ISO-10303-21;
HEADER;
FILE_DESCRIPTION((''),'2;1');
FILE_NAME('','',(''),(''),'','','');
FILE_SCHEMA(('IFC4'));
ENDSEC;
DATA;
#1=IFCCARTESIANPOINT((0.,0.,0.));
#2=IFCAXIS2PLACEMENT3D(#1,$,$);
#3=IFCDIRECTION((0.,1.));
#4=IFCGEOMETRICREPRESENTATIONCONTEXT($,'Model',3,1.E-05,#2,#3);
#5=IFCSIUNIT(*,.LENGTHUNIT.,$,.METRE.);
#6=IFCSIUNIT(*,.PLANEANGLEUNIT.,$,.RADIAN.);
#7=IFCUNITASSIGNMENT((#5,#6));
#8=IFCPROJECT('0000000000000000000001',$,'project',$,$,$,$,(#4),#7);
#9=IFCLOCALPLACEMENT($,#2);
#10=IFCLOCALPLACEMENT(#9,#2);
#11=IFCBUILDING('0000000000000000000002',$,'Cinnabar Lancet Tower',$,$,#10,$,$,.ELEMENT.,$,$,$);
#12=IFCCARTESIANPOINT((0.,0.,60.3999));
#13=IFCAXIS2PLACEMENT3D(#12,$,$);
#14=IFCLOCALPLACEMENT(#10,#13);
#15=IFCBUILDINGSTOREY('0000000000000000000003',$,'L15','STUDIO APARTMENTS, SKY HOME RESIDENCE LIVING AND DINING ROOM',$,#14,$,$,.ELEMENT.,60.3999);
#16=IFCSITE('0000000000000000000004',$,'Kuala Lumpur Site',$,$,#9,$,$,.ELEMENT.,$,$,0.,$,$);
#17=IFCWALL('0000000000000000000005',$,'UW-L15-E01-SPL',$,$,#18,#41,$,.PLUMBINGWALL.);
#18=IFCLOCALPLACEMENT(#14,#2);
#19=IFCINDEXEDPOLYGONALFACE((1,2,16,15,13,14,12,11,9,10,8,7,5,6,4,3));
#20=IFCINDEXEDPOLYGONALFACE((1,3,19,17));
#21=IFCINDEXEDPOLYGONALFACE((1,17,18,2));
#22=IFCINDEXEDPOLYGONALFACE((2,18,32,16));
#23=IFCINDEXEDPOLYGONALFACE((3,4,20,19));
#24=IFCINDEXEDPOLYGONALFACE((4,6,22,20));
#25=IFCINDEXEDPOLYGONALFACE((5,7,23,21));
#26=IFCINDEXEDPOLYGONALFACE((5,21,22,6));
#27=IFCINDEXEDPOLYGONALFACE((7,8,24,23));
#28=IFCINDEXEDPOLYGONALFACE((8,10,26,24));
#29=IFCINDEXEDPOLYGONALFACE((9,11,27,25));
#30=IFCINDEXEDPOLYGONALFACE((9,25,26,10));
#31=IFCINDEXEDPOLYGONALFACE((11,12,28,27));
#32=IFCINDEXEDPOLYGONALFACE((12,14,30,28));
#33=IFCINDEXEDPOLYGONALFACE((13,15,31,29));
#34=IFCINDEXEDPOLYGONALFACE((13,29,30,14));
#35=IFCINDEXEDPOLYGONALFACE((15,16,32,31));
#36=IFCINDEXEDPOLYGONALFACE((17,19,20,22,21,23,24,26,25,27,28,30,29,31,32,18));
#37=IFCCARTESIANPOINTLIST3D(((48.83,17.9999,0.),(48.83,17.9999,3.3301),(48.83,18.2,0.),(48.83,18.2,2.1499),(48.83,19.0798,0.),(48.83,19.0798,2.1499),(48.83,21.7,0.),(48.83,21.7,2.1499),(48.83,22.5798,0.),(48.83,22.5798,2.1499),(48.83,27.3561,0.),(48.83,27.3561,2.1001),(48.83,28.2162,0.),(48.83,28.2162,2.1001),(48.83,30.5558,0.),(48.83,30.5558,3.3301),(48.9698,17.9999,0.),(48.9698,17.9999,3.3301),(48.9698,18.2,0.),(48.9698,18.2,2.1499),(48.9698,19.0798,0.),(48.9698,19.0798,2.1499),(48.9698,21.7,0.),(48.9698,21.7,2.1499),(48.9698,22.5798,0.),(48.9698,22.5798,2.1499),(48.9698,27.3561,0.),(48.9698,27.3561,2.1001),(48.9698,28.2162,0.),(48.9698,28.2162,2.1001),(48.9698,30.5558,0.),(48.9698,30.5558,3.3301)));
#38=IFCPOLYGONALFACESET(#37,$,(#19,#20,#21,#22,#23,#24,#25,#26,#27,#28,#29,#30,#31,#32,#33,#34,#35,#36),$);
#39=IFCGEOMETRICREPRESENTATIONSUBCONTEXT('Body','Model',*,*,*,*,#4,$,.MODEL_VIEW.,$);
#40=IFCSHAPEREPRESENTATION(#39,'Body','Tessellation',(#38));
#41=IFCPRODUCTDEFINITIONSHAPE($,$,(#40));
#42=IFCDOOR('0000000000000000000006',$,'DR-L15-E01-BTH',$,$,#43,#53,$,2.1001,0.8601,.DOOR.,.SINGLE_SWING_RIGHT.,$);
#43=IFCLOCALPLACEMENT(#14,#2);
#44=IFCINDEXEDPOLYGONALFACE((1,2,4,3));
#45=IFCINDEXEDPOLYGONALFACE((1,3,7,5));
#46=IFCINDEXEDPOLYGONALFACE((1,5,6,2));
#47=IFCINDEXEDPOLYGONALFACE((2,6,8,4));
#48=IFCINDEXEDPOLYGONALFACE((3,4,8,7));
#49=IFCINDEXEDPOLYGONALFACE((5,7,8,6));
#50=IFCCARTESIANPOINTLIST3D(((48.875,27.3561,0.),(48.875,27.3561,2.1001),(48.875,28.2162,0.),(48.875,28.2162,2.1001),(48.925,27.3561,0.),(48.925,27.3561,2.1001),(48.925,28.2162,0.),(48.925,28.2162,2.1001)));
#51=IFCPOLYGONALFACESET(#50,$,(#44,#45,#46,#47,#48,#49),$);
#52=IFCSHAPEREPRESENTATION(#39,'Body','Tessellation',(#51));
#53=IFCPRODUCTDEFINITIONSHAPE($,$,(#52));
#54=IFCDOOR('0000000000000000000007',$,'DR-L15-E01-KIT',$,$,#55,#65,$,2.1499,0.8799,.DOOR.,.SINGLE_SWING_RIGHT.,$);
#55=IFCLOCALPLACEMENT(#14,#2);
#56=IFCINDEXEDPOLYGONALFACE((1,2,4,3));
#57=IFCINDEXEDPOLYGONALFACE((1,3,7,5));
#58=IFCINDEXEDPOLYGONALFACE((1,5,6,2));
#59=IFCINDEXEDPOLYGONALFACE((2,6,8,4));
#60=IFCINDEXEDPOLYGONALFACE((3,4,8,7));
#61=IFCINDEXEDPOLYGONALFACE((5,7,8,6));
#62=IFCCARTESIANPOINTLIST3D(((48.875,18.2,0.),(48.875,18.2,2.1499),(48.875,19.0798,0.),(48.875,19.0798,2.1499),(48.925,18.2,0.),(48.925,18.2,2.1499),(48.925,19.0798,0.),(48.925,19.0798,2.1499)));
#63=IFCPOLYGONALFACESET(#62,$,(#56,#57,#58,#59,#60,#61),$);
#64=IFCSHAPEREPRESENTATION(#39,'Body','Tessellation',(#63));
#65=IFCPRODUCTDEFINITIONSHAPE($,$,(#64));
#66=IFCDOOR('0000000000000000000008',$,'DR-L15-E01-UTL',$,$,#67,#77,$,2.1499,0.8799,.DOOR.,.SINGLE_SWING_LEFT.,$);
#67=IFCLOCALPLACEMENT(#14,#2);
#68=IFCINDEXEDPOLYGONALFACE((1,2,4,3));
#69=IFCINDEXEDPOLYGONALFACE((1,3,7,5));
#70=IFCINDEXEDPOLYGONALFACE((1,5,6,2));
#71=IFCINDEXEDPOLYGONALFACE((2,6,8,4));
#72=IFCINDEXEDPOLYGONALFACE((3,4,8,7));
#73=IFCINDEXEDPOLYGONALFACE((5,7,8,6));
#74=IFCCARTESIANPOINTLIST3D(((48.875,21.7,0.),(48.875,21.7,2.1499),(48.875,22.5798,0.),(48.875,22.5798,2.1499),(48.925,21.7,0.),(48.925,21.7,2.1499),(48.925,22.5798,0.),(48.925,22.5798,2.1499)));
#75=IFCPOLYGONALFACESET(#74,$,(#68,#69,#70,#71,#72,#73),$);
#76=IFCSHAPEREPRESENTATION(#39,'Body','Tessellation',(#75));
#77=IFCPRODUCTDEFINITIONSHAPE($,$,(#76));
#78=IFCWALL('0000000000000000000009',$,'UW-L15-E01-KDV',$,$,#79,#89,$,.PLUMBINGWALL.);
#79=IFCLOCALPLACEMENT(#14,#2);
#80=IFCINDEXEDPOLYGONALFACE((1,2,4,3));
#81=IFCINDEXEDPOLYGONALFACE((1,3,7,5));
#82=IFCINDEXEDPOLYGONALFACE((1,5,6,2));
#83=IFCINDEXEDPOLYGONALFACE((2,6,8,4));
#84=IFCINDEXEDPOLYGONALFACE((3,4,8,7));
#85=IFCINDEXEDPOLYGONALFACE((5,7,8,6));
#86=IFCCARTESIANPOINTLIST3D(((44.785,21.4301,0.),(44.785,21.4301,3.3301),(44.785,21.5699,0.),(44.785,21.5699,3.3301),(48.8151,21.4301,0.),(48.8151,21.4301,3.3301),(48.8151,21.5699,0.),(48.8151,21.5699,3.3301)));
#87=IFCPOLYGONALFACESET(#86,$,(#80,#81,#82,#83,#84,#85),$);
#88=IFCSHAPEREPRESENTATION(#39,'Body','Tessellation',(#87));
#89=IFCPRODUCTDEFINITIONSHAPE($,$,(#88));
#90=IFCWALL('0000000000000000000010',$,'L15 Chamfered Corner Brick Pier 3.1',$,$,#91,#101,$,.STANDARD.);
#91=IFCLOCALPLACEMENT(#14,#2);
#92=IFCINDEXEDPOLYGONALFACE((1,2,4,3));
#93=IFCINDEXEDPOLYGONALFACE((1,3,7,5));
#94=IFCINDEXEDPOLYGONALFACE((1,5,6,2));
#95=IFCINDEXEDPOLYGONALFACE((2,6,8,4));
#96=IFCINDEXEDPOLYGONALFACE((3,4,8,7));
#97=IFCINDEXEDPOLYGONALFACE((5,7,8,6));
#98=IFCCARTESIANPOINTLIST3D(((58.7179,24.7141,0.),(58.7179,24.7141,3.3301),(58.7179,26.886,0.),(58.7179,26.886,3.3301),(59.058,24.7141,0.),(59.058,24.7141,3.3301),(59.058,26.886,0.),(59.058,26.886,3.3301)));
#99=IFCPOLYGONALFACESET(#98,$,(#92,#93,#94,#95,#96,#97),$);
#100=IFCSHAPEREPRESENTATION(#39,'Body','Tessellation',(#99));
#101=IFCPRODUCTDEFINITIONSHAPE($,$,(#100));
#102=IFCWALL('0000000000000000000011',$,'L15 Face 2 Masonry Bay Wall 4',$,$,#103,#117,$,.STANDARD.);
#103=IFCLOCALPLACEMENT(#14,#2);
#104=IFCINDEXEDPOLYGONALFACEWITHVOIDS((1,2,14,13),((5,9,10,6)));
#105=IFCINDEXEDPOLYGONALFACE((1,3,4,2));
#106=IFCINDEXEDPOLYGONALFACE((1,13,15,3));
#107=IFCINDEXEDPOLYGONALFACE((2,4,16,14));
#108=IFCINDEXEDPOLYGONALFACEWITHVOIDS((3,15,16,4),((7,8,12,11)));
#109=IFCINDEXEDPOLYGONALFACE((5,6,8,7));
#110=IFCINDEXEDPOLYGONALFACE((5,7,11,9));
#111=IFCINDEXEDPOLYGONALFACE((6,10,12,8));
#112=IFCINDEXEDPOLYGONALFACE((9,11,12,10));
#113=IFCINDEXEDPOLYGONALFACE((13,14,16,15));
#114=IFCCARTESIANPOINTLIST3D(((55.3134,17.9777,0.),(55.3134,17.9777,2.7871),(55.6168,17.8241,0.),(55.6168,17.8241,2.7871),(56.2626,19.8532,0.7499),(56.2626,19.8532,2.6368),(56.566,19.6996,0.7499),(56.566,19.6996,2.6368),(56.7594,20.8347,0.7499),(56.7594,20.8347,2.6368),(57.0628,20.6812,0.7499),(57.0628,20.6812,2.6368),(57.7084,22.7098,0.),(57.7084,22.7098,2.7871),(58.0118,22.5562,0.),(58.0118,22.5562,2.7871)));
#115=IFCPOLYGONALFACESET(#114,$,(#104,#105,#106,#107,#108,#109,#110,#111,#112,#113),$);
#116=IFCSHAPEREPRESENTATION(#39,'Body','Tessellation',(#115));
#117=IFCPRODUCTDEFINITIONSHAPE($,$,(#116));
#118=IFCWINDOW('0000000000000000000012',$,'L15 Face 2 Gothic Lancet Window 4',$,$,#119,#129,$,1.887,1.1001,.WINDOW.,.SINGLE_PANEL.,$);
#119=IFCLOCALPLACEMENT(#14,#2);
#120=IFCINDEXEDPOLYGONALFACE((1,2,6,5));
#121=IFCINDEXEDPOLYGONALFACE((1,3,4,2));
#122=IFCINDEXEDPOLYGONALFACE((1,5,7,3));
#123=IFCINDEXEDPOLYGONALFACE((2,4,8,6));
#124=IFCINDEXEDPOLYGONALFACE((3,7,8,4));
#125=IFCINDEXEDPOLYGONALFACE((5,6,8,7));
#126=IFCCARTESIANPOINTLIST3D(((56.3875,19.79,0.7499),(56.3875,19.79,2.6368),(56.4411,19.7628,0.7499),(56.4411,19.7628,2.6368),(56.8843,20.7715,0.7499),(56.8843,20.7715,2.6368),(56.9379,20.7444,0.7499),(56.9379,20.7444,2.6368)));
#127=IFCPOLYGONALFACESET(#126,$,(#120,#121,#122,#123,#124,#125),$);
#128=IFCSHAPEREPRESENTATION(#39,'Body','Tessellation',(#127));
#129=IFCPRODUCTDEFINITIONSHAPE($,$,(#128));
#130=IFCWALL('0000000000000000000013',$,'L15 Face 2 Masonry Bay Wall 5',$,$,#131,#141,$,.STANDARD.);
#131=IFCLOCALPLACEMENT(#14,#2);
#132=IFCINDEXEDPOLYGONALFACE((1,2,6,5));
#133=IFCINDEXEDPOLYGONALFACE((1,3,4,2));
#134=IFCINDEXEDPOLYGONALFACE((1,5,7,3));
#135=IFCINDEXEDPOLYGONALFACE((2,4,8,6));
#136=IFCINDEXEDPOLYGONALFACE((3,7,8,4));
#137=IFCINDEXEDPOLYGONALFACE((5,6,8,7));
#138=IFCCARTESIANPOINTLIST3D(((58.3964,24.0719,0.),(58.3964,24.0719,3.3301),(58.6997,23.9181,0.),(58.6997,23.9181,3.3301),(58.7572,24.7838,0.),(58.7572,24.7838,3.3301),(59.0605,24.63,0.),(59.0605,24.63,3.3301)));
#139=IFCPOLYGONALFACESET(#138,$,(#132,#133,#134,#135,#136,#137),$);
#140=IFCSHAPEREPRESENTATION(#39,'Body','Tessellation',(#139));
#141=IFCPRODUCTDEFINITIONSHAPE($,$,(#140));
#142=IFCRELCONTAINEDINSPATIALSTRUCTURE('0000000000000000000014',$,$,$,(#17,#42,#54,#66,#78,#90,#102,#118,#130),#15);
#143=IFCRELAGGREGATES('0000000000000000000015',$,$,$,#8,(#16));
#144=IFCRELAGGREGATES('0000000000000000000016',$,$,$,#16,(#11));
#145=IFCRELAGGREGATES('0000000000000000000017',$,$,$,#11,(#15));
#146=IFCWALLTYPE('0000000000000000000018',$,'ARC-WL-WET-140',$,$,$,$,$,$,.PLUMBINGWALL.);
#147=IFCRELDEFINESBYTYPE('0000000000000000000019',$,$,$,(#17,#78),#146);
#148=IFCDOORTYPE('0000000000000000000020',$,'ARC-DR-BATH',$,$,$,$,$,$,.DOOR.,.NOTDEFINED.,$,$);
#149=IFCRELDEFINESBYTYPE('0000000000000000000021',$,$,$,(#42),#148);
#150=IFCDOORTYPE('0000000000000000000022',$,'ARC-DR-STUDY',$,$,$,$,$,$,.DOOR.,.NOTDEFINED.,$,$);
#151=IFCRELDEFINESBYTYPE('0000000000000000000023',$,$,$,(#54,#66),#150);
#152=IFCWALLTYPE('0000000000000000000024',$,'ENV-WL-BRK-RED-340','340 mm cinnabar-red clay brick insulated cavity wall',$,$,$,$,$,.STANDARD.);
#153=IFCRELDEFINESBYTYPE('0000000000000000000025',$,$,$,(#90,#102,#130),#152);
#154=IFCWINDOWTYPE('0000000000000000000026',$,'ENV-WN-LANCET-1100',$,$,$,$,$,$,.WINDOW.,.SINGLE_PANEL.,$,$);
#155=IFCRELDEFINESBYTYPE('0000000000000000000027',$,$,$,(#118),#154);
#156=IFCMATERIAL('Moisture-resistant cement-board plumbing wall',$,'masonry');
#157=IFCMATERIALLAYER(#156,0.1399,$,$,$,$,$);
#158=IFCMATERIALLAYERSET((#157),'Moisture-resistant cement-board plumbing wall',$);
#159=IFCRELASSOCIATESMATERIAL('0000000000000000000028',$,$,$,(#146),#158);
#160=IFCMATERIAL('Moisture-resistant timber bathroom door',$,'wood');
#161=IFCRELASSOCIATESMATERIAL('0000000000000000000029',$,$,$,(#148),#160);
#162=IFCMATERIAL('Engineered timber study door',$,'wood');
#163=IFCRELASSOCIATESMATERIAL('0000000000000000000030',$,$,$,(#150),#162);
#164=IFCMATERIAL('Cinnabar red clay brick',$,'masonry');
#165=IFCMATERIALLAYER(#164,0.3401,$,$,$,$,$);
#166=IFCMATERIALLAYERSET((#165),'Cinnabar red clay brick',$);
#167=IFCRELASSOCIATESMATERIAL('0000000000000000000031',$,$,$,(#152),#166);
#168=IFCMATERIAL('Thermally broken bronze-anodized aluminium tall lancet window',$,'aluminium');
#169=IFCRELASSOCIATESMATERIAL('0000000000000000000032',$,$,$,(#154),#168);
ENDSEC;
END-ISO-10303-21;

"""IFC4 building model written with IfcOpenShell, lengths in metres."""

from ifc_helpers import new_model, si_unit, direction, frame, frame_2d, origin, place, context, subcontext, project, spatial, rectangle, extrude, material, layer, layer_set, type_object, element, fill, save


model = new_model("IFC4")

# Units and contexts
model_context = context("Model", 3, precision=1e-05, world=origin(), true_north=direction((0.0, 1.0)))
body_context = subcontext(model_context, "Body", "Model", "MODEL_VIEW")
ifc_project = project(units=[si_unit("LENGTHUNIT", "METRE"), si_unit("PLANEANGLEUNIT", "RADIAN")], contexts=[model_context])

# Site, building, storey
site_placement = place(None, origin())
site = spatial("IfcSite", under=ifc_project, at=site_placement, Name="Kuala Lumpur Site", CompositionType="ELEMENT", RefElevation=0.0)
building_placement = place(site_placement, origin())
building = spatial("IfcBuilding", under=site, at=building_placement, Name="Cinnabar Lancet Tower", CompositionType="ELEMENT")
storey_placement = place(building_placement, frame((0.0, 0.0, 60.3999)))
storey = spatial("IfcBuildingStorey", under=building, at=storey_placement, Name="L15", Description="STUDIO APARTMENTS, SKY HOME RESIDENCE LIVING AND DINING ROOM", CompositionType="ELEMENT", Elevation=60.3999)

# Wall, openings, doors
ifc_material_1 = material(Name="Moisture-resistant cement-board plumbing wall", Category="masonry")
ifc_layer_1 = layer(ifc_material_1, 0.1399)
ifc_layer_set_1 = layer_set([ifc_layer_1], Name="Moisture-resistant cement-board plumbing wall")
wall_type_1 = type_object("IfcWallType", Name="ARC-WL-WET-140", PredefinedType="PLUMBINGWALL", material=ifc_layer_set_1)
wall_1_placement = place(storey_placement, frame((48.8999, 18.0, 0.0), z_axis=(0.0, 0.0, 1.0), x_axis=(0.0, 1.0, 0.0)))
wall_1 = element("IfcWall", 1, at=wall_1_placement, inside=storey, type_object=wall_type_1, Name="UW-L15-E01-SPL", PredefinedType="PLUMBINGWALL", context=body_context, shape_type="SweptSolid", body=[
    extrude(rectangle(XDim=12.5559, YDim=0.1399, at=frame_2d((6.2778, 0.0))), origin(), (0.0, 0.0, 1.0), 3.3301),
])
opening_1_placement = place(wall_1_placement, frame((0.2, 0.0, 0.0)))
opening_1 = element("IfcOpeningElement", 2, at=opening_1_placement, cuts=wall_1, PredefinedType="OPENING", context=body_context, shape_type="SweptSolid", body=[
    extrude(rectangle(XDim=0.8799, YDim=2.1499, at=frame_2d((0.4399, 1.075))), frame((0.0, 0.0798, 0.0), z_axis=(0.0, -1.0, 0.0), x_axis=(1.0, 0.0, 0.0)), (0.0, 0.0, 1.0), 0.1599),
])
opening_2_placement = place(wall_1_placement, frame((3.7, 0.0, 0.0)))
opening_2 = element("IfcOpeningElement", 3, at=opening_2_placement, cuts=wall_1, PredefinedType="OPENING", context=body_context, shape_type="SweptSolid", body=[
    extrude(rectangle(XDim=0.8799, YDim=2.1499, at=frame_2d((0.4399, 1.075))), frame((0.0, 0.0798, 0.0), z_axis=(0.0, -1.0, 0.0), x_axis=(1.0, 0.0, 0.0)), (0.0, 0.0, 1.0), 0.1599),
])
opening_3_placement = place(wall_1_placement, frame((9.356, 0.0, 0.0)))
opening_3 = element("IfcOpeningElement", 4, at=opening_3_placement, cuts=wall_1, PredefinedType="OPENING", context=body_context, shape_type="SweptSolid", body=[
    extrude(rectangle(XDim=0.8601, YDim=2.1001, at=frame_2d((0.4302, 1.05))), frame((0.0, 0.0798, 0.0), z_axis=(0.0, -1.0, 0.0), x_axis=(1.0, 0.0, 0.0)), (0.0, 0.0, 1.0), 0.1599),
])
ifc_material_2 = material(Name="Moisture-resistant timber bathroom door", Category="wood")
door_type_1 = type_object("IfcDoorType", Name="ARC-DR-BATH", OperationType="NOTDEFINED", PredefinedType="DOOR", material=ifc_material_2)
door_1_placement = place(opening_3_placement, origin())
door_1 = element("IfcDoor", 5, at=door_1_placement, inside=storey, type_object=door_type_1, Name="DR-L15-E01-BTH", OperationType="SINGLE_SWING_RIGHT", OverallHeight=2.1001, OverallWidth=0.8601, PredefinedType="DOOR", context=body_context, shape_type="SweptSolid", body=[
    extrude(rectangle(XDim=0.8601, YDim=2.1001, at=frame_2d((0.4302, 1.05))), frame((0.0, 0.0249, 0.0), z_axis=(0.0, -1.0, 0.0), x_axis=(1.0, 0.0, 0.0)), (0.0, 0.0, 1.0), 0.05),
])
fill(opening_3, door_1)
ifc_material_3 = material(Name="Engineered timber study door", Category="wood")
door_type_2 = type_object("IfcDoorType", Name="ARC-DR-STUDY", OperationType="NOTDEFINED", PredefinedType="DOOR", material=ifc_material_3)
door_2_placement = place(opening_1_placement, origin())
door_2 = element("IfcDoor", 6, at=door_2_placement, inside=storey, type_object=door_type_2, Name="DR-L15-E01-KIT", OperationType="SINGLE_SWING_RIGHT", OverallHeight=2.1499, OverallWidth=0.8799, PredefinedType="DOOR", context=body_context, shape_type="SweptSolid", body=[
    extrude(rectangle(XDim=0.8799, YDim=2.1499, at=frame_2d((0.4399, 1.075))), frame((0.0, 0.0249, 0.0), z_axis=(0.0, -1.0, 0.0), x_axis=(1.0, 0.0, 0.0)), (0.0, 0.0, 1.0), 0.05),
])
fill(opening_1, door_2)
door_3_placement = place(opening_2_placement, origin())
door_3 = element("IfcDoor", 7, at=door_3_placement, inside=storey, type_object=door_type_2, Name="DR-L15-E01-UTL", OperationType="SINGLE_SWING_LEFT", OverallHeight=2.1499, OverallWidth=0.8799, PredefinedType="DOOR", context=body_context, shape_type="SweptSolid", body=[
    extrude(rectangle(XDim=0.8799, YDim=2.1499, at=frame_2d((0.4399, 1.075))), frame((0.0, 0.0249, 0.0), z_axis=(0.0, -1.0, 0.0), x_axis=(1.0, 0.0, 0.0)), (0.0, 0.0, 1.0), 0.05),
])
fill(opening_2, door_3)

# Walls
wall_2_placement = place(storey_placement, frame((44.7849, 21.5, 0.0), z_axis=(0.0, 0.0, 1.0), x_axis=(1.0, 0.0, 0.0)))
element("IfcWall", 8, at=wall_2_placement, inside=storey, type_object=wall_type_1, Name="UW-L15-E01-KDV", PredefinedType="PLUMBINGWALL", context=body_context, shape_type="SweptSolid", body=[
    extrude(rectangle(XDim=4.03, YDim=0.1399, at=frame_2d((2.0151, 0.0))), origin(), (0.0, 0.0, 1.0), 3.3301),
])
ifc_material_4 = material(Name="Cinnabar red clay brick", Category="masonry")
ifc_layer_2 = layer(ifc_material_4, 0.3401)
ifc_layer_set_2 = layer_set([ifc_layer_2], Name="Cinnabar red clay brick")
wall_type_2 = type_object("IfcWallType", Name="ENV-WL-BRK-RED-340", Description="340 mm cinnabar-red clay brick insulated cavity wall", PredefinedType="STANDARD", material=ifc_layer_set_2)
wall_3_placement = place(storey_placement, frame((58.8879, 24.7141, 0.0), z_axis=(0.0, 0.0, 1.0), x_axis=(0.0, 1.0, 0.0)))
element("IfcWall", 9, at=wall_3_placement, inside=storey, type_object=wall_type_2, Name="L15 Chamfered Corner Brick Pier 3.1", PredefinedType="STANDARD", context=body_context, shape_type="SweptSolid", body=[
    extrude(rectangle(XDim=2.1719, YDim=0.3401, at=frame_2d((1.0859, 0.0))), origin(), (0.0, 0.0, 1.0), 3.3301),
])

# Wall, opening, window
wall_4_placement = place(storey_placement, frame((55.4651, 17.9009, 0.0), z_axis=(0.0, 0.0, 1.0), x_axis=(0.451572, 0.892235, 0.0)))
wall_4 = element("IfcWall", 10, at=wall_4_placement, inside=storey, type_object=wall_type_2, Name="L15 Face 2 Masonry Bay Wall 4", PredefinedType="STANDARD", context=body_context, shape_type="SweptSolid", body=[
    extrude(rectangle(XDim=5.3037, YDim=0.3401, at=frame_2d((2.6519, 0.0))), origin(), (0.0, 0.0, 1.0), 2.7871),
])
opening_4_placement = place(wall_4_placement, frame((2.1021, 0.0, 0.75)))
opening_4 = element("IfcOpeningElement", 11, at=opening_4_placement, cuts=wall_4, PredefinedType="OPENING", context=body_context, shape_type="SweptSolid", body=[
    extrude(rectangle(XDim=1.1001, YDim=1.887, at=frame_2d((0.55, 0.9434))), frame((0.0, 0.1799, 0.0), z_axis=(0.0, -1.0, 0.0), x_axis=(1.0, 0.0, 0.0)), (0.0, 0.0, 1.0), 0.3601),
])
ifc_material_5 = material(Name="Thermally broken bronze-anodized aluminium tall lancet window", Category="aluminium")
window_type = type_object("IfcWindowType", Name="ENV-WN-LANCET-1100", PartitioningType="SINGLE_PANEL", PredefinedType="WINDOW", material=ifc_material_5)
window_placement = place(opening_4_placement, origin())
window = element("IfcWindow", 12, at=window_placement, inside=storey, type_object=window_type, Name="L15 Face 2 Gothic Lancet Window 4", OverallHeight=1.887, OverallWidth=1.1001, PartitioningType="SINGLE_PANEL", PredefinedType="WINDOW", context=body_context, shape_type="SweptSolid", body=[
    extrude(rectangle(XDim=1.1001, YDim=1.887, at=frame_2d((0.55, 0.9434))), frame((0.0, 0.03, 0.0), z_axis=(0.0, -1.0, 0.0), x_axis=(1.0, 0.0, 0.0)), (0.0, 0.0, 1.0), 0.0601),
])
fill(opening_4, window)

# Wall
wall_5_placement = place(storey_placement, frame((58.5481, 23.9951, 0.0), z_axis=(0.0, 0.0, 1.0), x_axis=(0.452101, 0.891967, 0.0)))
element("IfcWall", 13, at=wall_5_placement, inside=storey, type_object=wall_type_2, Name="L15 Face 2 Masonry Bay Wall 5", PredefinedType="STANDARD", context=body_context, shape_type="SweptSolid", body=[
    extrude(rectangle(XDim=0.7981, YDim=0.3401, at=frame_2d((0.3989, 0.0))), origin(), (0.0, 0.0, 1.0), 3.3301),
])

save(model, "model.ifc")
